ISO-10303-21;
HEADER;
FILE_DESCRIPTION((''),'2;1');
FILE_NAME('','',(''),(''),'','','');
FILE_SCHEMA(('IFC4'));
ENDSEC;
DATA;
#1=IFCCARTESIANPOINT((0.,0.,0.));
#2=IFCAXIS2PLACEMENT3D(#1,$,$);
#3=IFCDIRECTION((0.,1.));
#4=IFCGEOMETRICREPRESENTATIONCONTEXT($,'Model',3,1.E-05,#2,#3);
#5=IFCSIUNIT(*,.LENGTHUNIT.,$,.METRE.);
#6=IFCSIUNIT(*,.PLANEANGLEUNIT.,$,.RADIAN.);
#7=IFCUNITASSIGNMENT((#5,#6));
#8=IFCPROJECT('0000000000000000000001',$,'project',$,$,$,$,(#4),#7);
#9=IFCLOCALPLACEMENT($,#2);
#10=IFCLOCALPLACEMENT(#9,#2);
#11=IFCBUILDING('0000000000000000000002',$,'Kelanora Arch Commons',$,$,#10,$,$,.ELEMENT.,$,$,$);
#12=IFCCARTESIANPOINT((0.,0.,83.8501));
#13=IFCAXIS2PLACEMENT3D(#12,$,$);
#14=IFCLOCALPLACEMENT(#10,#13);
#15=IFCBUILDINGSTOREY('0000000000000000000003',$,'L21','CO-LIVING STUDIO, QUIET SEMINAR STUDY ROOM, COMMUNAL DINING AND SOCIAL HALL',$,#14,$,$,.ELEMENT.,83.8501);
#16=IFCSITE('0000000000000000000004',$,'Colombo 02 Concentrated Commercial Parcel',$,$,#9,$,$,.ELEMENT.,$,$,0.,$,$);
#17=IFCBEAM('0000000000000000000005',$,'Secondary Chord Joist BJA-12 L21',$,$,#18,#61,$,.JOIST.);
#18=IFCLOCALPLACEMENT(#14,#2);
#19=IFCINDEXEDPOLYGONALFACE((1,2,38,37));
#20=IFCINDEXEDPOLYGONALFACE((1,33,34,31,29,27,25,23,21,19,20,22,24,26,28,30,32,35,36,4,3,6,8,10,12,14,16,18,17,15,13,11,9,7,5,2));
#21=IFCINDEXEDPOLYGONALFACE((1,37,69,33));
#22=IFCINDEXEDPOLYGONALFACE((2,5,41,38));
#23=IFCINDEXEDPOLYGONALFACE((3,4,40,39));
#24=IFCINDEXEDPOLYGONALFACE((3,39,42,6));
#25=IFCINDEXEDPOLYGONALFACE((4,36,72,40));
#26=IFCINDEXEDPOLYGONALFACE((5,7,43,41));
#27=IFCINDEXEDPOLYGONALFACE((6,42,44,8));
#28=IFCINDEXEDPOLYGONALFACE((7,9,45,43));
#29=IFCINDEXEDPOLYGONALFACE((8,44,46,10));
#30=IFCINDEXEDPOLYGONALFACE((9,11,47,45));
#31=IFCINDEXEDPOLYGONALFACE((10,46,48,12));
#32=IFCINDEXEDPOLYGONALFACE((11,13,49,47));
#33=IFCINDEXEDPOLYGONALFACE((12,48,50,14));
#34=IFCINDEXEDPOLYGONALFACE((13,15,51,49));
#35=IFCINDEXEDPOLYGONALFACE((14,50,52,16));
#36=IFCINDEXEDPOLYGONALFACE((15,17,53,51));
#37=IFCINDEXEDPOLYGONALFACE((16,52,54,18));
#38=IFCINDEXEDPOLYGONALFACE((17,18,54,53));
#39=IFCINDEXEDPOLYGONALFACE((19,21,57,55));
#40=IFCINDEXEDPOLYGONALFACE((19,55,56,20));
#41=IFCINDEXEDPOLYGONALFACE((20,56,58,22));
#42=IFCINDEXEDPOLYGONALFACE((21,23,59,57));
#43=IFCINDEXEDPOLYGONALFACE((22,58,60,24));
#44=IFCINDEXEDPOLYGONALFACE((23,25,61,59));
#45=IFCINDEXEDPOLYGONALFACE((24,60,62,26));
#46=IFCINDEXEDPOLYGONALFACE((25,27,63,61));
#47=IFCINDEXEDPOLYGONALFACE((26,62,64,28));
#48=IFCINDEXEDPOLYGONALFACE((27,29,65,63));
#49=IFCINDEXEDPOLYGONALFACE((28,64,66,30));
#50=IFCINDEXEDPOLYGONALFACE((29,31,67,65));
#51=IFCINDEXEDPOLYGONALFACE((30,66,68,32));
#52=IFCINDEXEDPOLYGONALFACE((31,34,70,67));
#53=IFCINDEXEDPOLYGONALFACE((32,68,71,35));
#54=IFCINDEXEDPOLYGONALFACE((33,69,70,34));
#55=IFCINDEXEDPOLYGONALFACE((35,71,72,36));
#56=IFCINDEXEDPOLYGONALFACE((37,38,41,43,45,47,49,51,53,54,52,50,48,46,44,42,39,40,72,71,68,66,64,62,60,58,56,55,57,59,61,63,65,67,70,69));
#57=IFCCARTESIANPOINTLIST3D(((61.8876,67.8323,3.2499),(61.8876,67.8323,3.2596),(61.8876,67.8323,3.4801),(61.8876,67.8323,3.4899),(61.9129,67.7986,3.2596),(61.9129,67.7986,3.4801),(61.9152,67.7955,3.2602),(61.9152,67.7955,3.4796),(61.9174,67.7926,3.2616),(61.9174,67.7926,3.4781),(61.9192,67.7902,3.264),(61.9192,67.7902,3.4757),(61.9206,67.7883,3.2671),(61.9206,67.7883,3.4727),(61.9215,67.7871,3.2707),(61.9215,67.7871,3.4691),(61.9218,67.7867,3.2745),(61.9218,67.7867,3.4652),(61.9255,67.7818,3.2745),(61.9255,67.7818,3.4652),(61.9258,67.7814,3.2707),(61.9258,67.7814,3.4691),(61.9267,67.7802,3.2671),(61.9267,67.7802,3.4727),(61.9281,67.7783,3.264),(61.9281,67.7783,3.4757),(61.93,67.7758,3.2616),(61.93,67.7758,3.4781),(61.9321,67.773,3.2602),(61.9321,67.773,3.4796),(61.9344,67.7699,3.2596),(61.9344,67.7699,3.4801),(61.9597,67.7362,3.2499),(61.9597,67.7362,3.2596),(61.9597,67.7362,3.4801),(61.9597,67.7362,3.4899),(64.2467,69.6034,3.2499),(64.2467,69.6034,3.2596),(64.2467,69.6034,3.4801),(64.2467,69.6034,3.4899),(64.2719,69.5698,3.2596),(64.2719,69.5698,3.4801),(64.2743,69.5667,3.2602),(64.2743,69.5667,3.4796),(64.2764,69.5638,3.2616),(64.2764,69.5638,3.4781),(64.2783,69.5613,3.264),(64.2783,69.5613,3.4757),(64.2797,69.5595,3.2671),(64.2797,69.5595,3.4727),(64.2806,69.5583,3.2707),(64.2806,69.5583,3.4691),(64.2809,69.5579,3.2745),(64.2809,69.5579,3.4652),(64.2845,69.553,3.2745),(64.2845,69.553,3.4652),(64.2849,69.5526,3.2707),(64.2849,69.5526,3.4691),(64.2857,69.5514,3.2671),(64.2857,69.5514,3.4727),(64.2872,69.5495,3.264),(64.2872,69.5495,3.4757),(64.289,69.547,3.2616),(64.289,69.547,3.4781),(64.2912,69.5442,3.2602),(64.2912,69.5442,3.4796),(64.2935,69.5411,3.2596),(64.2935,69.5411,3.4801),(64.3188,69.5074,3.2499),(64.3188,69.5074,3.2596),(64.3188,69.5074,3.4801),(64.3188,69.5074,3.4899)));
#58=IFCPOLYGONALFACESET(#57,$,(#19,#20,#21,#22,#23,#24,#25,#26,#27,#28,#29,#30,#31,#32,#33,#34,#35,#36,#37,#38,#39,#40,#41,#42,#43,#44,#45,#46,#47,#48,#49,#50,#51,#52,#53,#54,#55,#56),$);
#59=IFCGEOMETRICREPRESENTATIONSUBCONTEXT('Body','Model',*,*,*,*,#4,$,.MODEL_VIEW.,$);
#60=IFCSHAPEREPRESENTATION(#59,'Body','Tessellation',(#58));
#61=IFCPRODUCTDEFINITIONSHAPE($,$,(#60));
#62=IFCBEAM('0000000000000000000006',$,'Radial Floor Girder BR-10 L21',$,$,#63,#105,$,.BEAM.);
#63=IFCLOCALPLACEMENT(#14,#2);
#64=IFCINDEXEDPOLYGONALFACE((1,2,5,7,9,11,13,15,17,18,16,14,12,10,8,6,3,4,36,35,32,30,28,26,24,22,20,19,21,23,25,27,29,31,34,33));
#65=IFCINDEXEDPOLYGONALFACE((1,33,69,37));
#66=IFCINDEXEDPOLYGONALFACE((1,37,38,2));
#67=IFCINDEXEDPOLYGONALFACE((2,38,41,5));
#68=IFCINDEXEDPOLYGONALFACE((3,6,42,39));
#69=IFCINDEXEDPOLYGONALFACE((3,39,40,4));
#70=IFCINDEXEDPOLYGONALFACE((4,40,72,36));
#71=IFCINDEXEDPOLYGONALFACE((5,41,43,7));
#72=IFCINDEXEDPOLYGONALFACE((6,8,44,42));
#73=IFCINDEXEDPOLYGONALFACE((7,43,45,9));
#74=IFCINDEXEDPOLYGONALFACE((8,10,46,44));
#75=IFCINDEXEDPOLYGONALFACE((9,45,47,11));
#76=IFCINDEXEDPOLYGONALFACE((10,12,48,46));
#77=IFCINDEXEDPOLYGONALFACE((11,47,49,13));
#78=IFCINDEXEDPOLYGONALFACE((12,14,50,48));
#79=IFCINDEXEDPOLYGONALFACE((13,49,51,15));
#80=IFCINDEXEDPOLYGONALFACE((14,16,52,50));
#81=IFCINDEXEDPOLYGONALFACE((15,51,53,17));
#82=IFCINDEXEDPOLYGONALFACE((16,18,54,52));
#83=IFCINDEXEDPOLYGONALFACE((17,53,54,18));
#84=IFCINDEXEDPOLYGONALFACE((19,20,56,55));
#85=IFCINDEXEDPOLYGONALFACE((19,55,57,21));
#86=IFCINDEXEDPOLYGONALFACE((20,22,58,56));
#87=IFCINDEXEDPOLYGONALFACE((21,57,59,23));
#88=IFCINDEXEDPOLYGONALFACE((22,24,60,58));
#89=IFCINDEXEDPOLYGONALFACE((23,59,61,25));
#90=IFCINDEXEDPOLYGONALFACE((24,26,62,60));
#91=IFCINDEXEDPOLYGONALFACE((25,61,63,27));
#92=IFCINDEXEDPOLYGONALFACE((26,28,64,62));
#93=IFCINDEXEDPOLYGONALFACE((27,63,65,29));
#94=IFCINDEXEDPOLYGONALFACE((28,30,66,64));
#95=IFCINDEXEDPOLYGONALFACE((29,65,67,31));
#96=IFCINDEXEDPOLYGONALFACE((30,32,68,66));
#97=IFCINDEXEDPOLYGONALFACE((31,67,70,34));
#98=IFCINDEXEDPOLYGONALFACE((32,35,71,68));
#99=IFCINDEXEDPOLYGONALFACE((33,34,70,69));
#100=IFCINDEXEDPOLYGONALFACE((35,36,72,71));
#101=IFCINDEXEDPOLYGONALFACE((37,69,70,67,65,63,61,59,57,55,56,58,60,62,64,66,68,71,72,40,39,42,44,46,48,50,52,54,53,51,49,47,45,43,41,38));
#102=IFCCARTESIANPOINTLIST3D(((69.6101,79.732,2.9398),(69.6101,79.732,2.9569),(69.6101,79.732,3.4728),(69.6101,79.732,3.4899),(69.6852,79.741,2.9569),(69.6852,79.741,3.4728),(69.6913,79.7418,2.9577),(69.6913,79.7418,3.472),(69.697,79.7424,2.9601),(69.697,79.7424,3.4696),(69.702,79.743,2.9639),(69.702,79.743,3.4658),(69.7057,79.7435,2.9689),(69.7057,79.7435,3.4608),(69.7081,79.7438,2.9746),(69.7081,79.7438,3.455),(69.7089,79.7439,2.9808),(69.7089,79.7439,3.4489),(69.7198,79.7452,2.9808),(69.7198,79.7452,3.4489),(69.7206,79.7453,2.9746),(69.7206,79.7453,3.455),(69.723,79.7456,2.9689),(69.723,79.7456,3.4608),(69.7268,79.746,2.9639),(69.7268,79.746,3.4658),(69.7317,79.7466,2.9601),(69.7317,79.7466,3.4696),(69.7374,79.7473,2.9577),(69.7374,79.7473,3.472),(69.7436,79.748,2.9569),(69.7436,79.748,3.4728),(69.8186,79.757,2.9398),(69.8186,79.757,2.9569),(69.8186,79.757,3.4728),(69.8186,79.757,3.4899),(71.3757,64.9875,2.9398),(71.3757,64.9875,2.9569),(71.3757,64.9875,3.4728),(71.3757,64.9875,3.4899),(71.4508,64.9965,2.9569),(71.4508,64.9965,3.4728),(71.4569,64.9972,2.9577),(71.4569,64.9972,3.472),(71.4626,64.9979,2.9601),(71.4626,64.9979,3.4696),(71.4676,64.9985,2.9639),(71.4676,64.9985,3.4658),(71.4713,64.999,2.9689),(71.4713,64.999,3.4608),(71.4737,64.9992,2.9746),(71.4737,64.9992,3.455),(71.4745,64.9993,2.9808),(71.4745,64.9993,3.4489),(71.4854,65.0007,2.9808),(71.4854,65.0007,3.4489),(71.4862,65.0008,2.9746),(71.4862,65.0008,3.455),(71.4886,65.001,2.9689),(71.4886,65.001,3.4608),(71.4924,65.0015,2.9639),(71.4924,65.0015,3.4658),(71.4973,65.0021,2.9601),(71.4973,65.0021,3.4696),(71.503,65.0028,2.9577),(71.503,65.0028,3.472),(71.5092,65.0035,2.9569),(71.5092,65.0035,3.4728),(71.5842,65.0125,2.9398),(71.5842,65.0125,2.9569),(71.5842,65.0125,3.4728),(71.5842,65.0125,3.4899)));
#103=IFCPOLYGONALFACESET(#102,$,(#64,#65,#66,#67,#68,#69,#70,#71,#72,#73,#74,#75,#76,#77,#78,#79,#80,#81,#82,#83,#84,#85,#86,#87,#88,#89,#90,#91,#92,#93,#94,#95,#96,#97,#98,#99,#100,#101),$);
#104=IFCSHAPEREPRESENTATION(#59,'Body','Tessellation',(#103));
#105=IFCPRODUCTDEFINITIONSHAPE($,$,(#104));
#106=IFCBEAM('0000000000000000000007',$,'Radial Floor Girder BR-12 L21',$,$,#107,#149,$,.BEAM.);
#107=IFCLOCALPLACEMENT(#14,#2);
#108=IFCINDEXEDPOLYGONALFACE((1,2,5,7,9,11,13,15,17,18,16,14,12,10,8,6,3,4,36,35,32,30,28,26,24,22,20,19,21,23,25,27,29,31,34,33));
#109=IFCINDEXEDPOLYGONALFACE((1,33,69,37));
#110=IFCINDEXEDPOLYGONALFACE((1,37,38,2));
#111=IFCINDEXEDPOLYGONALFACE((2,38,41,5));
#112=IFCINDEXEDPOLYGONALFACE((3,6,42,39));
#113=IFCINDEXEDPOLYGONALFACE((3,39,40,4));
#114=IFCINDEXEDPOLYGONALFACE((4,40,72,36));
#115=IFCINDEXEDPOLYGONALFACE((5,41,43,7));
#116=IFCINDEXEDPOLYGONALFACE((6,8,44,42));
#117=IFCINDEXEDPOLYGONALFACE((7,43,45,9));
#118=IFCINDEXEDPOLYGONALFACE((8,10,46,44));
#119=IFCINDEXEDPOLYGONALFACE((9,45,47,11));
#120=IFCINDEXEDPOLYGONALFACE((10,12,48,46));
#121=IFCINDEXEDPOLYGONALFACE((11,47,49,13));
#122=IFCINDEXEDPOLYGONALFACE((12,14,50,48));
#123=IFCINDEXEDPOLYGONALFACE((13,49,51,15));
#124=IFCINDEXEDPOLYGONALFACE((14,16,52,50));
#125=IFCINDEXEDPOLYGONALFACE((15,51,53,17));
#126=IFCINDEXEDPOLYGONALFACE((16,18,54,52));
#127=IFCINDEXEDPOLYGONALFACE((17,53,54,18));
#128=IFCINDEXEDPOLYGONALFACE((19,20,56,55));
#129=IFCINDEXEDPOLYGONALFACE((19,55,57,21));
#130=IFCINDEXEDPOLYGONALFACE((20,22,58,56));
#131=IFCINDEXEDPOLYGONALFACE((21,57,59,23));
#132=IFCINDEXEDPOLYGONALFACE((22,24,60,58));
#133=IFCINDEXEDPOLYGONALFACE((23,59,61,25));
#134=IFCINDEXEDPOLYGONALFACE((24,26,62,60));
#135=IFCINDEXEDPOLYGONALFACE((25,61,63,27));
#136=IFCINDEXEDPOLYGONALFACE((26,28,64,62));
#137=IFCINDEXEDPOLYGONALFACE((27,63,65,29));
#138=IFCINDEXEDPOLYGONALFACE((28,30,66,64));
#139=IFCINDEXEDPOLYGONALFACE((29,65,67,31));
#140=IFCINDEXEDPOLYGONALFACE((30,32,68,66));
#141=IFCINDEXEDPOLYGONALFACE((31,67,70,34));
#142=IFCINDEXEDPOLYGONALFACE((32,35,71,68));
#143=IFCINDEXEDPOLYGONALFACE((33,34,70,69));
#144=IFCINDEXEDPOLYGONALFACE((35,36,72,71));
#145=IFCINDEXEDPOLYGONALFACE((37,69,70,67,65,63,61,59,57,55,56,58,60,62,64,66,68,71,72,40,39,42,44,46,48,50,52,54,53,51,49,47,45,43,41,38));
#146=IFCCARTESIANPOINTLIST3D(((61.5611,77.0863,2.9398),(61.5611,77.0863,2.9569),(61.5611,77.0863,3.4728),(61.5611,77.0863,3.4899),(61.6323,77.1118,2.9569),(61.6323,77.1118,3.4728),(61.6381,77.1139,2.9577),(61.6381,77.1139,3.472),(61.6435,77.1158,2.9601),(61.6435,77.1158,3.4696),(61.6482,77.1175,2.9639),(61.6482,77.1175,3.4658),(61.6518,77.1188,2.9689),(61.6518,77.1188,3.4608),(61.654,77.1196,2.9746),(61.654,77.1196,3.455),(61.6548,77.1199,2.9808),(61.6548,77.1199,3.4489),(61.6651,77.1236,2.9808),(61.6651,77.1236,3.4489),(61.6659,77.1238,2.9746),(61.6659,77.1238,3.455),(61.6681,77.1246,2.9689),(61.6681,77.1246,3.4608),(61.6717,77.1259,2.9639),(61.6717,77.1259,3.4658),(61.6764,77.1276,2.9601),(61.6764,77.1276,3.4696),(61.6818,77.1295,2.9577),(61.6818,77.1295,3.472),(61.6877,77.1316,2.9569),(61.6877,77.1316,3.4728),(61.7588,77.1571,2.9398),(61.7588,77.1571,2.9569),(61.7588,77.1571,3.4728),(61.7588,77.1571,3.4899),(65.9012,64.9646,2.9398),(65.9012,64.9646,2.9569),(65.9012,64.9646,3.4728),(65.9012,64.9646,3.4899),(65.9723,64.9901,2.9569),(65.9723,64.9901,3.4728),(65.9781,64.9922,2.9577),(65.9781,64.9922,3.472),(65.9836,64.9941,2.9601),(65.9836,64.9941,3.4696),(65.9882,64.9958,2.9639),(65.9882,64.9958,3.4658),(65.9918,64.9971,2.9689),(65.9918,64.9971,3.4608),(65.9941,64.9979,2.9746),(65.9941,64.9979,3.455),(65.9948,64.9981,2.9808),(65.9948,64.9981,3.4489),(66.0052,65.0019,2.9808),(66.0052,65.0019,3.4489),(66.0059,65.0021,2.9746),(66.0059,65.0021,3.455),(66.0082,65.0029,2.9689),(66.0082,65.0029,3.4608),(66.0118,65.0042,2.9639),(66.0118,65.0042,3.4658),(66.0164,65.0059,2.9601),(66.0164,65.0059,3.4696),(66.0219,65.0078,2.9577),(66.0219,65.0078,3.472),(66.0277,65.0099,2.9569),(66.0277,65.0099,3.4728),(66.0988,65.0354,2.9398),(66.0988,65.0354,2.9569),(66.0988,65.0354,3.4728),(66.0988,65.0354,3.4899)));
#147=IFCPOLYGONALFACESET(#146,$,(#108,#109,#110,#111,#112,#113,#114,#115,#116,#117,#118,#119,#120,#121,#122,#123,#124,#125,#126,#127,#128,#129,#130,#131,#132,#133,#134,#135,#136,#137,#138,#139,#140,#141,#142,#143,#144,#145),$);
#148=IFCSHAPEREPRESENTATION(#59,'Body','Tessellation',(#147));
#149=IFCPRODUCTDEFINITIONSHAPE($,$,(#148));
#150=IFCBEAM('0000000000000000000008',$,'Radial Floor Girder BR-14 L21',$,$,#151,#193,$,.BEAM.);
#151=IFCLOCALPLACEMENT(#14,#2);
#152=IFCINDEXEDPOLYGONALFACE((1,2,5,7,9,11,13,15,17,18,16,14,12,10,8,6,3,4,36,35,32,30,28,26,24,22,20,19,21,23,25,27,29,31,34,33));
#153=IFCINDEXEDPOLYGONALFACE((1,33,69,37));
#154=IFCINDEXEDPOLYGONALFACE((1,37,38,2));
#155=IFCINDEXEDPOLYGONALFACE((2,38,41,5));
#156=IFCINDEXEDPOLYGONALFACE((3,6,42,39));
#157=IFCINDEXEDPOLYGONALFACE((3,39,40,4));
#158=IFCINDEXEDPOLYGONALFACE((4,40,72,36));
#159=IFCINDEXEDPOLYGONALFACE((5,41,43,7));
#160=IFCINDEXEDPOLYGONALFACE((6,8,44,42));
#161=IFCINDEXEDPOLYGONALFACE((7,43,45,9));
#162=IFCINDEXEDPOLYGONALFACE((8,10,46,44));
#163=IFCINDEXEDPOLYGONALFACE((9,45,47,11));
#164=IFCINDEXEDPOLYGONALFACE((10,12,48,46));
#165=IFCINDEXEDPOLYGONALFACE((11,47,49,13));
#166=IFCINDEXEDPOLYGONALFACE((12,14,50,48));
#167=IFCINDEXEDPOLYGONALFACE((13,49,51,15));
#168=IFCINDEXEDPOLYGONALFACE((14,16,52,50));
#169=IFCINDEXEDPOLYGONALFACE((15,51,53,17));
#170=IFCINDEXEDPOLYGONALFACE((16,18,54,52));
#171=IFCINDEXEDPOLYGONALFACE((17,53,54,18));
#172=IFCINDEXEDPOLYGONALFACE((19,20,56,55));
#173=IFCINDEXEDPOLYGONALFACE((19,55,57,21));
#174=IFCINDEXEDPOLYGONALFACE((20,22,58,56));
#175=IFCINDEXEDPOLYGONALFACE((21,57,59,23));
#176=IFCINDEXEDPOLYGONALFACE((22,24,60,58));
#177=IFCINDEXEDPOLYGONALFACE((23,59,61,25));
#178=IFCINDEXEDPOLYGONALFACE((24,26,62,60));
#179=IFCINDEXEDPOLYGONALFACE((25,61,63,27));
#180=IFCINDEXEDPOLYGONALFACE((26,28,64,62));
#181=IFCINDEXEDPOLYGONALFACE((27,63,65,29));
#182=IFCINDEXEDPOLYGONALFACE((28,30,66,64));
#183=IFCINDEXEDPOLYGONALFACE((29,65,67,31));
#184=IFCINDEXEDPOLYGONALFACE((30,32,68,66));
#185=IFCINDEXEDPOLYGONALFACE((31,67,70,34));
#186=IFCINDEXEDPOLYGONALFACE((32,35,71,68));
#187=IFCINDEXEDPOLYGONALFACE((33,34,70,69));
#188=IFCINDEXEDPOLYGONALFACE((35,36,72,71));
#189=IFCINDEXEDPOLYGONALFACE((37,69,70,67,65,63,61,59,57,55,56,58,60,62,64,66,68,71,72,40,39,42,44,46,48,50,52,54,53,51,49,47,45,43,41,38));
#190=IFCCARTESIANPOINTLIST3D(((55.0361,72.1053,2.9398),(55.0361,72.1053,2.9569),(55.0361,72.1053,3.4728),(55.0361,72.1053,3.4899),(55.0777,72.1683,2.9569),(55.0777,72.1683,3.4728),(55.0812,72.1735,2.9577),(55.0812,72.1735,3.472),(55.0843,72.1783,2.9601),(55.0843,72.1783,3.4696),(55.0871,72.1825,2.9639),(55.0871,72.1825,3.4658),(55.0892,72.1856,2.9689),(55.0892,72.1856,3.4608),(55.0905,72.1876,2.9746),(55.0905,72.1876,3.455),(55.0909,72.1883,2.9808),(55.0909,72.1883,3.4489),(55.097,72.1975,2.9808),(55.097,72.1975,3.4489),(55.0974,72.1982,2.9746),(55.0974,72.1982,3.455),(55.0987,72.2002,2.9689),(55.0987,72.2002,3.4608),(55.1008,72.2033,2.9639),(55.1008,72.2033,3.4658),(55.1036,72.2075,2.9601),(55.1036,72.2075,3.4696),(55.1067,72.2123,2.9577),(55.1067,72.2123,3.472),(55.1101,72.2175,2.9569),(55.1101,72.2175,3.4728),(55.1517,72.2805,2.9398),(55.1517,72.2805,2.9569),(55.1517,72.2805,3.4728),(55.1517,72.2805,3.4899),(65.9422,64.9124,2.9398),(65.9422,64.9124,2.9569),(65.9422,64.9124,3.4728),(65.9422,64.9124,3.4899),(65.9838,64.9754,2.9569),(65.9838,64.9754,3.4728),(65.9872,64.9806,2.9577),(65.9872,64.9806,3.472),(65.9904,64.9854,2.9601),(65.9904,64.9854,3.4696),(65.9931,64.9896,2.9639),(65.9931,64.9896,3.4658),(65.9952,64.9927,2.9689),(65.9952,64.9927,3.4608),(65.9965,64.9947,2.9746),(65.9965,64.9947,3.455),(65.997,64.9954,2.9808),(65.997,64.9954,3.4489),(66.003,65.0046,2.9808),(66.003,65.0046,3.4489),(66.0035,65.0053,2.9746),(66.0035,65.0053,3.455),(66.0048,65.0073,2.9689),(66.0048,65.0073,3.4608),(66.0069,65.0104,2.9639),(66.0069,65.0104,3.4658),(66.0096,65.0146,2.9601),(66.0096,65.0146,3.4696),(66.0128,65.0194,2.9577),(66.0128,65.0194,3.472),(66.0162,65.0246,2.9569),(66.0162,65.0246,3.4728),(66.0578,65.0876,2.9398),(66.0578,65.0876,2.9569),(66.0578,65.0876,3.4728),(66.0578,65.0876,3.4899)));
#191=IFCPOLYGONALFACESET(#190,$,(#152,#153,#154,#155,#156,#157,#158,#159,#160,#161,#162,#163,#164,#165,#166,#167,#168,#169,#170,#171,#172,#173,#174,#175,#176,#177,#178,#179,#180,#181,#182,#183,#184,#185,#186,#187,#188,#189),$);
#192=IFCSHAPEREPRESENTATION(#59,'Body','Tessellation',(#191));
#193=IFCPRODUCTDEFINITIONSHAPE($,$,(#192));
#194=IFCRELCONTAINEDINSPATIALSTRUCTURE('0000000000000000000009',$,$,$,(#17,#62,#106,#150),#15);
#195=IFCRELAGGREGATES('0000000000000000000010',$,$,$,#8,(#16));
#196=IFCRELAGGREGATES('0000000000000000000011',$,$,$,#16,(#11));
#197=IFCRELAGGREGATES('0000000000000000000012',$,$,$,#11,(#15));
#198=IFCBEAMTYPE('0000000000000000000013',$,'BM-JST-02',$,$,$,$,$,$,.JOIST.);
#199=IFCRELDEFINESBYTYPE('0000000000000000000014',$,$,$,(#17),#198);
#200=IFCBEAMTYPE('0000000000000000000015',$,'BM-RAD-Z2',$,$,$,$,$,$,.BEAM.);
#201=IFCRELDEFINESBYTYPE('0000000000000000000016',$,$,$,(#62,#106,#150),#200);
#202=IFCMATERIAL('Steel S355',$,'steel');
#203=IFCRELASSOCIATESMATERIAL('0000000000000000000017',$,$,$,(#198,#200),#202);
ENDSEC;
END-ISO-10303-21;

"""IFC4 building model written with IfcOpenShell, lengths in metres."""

from ifc_helpers import new_model, si_unit, direction, frame, origin, origin_2d, place, context, subcontext, project, spatial, i_section, extrude, material, material_profile, profile_set, type_object, element, save


model = new_model("IFC4")

# Units and contexts
model_context = context("Model", 3, precision=1e-05, world=origin(), true_north=direction((0.0, 1.0)))
body_context = subcontext(model_context, "Body", "Model", "MODEL_VIEW")
ifc_project = project(units=[si_unit("LENGTHUNIT", "METRE"), si_unit("PLANEANGLEUNIT", "RADIAN")], contexts=[model_context])

# Site, building, storey
site_placement = place(None, origin())
site = spatial("IfcSite", under=ifc_project, at=site_placement, Name="Colombo 02 Concentrated Commercial Parcel", CompositionType="ELEMENT", RefElevation=0.0)
building_placement = place(site_placement, origin())
building = spatial("IfcBuilding", under=site, at=building_placement, Name="Kelanora Arch Commons", CompositionType="ELEMENT")
storey_placement = place(building_placement, frame((0.0, 0.0, 83.8501)))
storey = spatial("IfcBuildingStorey", under=building, at=storey_placement, Name="L21", Description="CO-LIVING STUDIO, QUIET SEMINAR STUDY ROOM, COMMUNAL DINING AND SOCIAL HALL", CompositionType="ELEMENT", Elevation=83.8501)

# Beams
ifc_material_1 = material(Name="Steel S355", Category="steel")
ifc_material_profile_1 = material_profile(ifc_material_1, i_section(OverallWidth=0.1201, OverallDepth=0.24, WebThickness=0.0061, FlangeThickness=0.0098, FilletRadius=0.0149, at=origin_2d()), Name="IPE240")
ifc_profile_set_1 = profile_set([ifc_material_profile_1], Name="Steel S355")
beam_type_1 = type_object("IfcBeamType", Name="BM-JST-02", PredefinedType="JOIST", material=ifc_profile_set_1)
beam_1_placement = place(storey_placement, frame((64.2827, 69.5554, 3.3699), z_axis=(-0.799692, -0.60041, 0.0), x_axis=(0.60041, -0.799692, 0.0)))
element("IfcBeam", 1, at=beam_1_placement, inside=storey, type_object=beam_type_1, Name="Secondary Chord Joist BJA-12 L21", PredefinedType="JOIST", context=body_context, shape_type="SweptSolid", body=[
    extrude(i_section(OverallWidth=0.1201, OverallDepth=0.24, WebThickness=0.0061, FlangeThickness=0.0098, FilletRadius=0.0149, at=origin_2d()), origin(), (0.0, 0.0, 1.0), 2.95),
])
ifc_material_profile_2 = material_profile(ifc_material_1, i_section(OverallWidth=0.21, OverallDepth=0.55, WebThickness=0.011, FlangeThickness=0.0171, FilletRadius=0.0239, at=origin_2d()), Name="IPE550")
ifc_profile_set_2 = profile_set([ifc_material_profile_2], Name="Steel S355")
beam_type_2 = type_object("IfcBeamType", Name="BM-RAD-Z2", PredefinedType="BEAM", material=ifc_profile_set_2)
beam_2_placement = place(storey_placement, frame((71.48, 65.0, 3.2148), z_axis=(-0.118898, 0.992907, 0.0), x_axis=(-0.992907, -0.118898, 0.0)))
element("IfcBeam", 2, at=beam_2_placement, inside=storey, type_object=beam_type_2, Name="Radial Floor Girder BR-10 L21", PredefinedType="BEAM", context=body_context, shape_type="SweptSolid", body=[
    extrude(i_section(OverallWidth=0.21, OverallDepth=0.55, WebThickness=0.011, FlangeThickness=0.0171, FilletRadius=0.0239, at=origin_2d()), origin(), (0.0, 0.0, 1.0), 14.8499),
])
beam_3_placement = place(storey_placement, frame((66.0, 65.0, 3.2148), z_axis=(-0.337085, 0.941474, 0.0), x_axis=(-0.941474, -0.337085, 0.0)))
element("IfcBeam", 3, at=beam_3_placement, inside=storey, type_object=beam_type_2, Name="Radial Floor Girder BR-12 L21", PredefinedType="BEAM", context=body_context, shape_type="SweptSolid", body=[
    extrude(i_section(OverallWidth=0.21, OverallDepth=0.55, WebThickness=0.011, FlangeThickness=0.0171, FilletRadius=0.0239, at=origin_2d()), origin(), (0.0, 0.0, 1.0), 12.8752),
])
beam_4_placement = place(storey_placement, frame((66.0, 65.0, 3.2148), z_axis=(-0.834789, 0.550571, 0.0), x_axis=(-0.550571, -0.834789, 0.0)))
element("IfcBeam", 4, at=beam_4_placement, inside=storey, type_object=beam_type_2, Name="Radial Floor Girder BR-14 L21", PredefinedType="BEAM", context=body_context, shape_type="SweptSolid", body=[
    extrude(i_section(OverallWidth=0.21, OverallDepth=0.55, WebThickness=0.011, FlangeThickness=0.0171, FilletRadius=0.0239, at=origin_2d()), origin(), (0.0, 0.0, 1.0), 13.0645),
])

save(model, "model.ifc")
